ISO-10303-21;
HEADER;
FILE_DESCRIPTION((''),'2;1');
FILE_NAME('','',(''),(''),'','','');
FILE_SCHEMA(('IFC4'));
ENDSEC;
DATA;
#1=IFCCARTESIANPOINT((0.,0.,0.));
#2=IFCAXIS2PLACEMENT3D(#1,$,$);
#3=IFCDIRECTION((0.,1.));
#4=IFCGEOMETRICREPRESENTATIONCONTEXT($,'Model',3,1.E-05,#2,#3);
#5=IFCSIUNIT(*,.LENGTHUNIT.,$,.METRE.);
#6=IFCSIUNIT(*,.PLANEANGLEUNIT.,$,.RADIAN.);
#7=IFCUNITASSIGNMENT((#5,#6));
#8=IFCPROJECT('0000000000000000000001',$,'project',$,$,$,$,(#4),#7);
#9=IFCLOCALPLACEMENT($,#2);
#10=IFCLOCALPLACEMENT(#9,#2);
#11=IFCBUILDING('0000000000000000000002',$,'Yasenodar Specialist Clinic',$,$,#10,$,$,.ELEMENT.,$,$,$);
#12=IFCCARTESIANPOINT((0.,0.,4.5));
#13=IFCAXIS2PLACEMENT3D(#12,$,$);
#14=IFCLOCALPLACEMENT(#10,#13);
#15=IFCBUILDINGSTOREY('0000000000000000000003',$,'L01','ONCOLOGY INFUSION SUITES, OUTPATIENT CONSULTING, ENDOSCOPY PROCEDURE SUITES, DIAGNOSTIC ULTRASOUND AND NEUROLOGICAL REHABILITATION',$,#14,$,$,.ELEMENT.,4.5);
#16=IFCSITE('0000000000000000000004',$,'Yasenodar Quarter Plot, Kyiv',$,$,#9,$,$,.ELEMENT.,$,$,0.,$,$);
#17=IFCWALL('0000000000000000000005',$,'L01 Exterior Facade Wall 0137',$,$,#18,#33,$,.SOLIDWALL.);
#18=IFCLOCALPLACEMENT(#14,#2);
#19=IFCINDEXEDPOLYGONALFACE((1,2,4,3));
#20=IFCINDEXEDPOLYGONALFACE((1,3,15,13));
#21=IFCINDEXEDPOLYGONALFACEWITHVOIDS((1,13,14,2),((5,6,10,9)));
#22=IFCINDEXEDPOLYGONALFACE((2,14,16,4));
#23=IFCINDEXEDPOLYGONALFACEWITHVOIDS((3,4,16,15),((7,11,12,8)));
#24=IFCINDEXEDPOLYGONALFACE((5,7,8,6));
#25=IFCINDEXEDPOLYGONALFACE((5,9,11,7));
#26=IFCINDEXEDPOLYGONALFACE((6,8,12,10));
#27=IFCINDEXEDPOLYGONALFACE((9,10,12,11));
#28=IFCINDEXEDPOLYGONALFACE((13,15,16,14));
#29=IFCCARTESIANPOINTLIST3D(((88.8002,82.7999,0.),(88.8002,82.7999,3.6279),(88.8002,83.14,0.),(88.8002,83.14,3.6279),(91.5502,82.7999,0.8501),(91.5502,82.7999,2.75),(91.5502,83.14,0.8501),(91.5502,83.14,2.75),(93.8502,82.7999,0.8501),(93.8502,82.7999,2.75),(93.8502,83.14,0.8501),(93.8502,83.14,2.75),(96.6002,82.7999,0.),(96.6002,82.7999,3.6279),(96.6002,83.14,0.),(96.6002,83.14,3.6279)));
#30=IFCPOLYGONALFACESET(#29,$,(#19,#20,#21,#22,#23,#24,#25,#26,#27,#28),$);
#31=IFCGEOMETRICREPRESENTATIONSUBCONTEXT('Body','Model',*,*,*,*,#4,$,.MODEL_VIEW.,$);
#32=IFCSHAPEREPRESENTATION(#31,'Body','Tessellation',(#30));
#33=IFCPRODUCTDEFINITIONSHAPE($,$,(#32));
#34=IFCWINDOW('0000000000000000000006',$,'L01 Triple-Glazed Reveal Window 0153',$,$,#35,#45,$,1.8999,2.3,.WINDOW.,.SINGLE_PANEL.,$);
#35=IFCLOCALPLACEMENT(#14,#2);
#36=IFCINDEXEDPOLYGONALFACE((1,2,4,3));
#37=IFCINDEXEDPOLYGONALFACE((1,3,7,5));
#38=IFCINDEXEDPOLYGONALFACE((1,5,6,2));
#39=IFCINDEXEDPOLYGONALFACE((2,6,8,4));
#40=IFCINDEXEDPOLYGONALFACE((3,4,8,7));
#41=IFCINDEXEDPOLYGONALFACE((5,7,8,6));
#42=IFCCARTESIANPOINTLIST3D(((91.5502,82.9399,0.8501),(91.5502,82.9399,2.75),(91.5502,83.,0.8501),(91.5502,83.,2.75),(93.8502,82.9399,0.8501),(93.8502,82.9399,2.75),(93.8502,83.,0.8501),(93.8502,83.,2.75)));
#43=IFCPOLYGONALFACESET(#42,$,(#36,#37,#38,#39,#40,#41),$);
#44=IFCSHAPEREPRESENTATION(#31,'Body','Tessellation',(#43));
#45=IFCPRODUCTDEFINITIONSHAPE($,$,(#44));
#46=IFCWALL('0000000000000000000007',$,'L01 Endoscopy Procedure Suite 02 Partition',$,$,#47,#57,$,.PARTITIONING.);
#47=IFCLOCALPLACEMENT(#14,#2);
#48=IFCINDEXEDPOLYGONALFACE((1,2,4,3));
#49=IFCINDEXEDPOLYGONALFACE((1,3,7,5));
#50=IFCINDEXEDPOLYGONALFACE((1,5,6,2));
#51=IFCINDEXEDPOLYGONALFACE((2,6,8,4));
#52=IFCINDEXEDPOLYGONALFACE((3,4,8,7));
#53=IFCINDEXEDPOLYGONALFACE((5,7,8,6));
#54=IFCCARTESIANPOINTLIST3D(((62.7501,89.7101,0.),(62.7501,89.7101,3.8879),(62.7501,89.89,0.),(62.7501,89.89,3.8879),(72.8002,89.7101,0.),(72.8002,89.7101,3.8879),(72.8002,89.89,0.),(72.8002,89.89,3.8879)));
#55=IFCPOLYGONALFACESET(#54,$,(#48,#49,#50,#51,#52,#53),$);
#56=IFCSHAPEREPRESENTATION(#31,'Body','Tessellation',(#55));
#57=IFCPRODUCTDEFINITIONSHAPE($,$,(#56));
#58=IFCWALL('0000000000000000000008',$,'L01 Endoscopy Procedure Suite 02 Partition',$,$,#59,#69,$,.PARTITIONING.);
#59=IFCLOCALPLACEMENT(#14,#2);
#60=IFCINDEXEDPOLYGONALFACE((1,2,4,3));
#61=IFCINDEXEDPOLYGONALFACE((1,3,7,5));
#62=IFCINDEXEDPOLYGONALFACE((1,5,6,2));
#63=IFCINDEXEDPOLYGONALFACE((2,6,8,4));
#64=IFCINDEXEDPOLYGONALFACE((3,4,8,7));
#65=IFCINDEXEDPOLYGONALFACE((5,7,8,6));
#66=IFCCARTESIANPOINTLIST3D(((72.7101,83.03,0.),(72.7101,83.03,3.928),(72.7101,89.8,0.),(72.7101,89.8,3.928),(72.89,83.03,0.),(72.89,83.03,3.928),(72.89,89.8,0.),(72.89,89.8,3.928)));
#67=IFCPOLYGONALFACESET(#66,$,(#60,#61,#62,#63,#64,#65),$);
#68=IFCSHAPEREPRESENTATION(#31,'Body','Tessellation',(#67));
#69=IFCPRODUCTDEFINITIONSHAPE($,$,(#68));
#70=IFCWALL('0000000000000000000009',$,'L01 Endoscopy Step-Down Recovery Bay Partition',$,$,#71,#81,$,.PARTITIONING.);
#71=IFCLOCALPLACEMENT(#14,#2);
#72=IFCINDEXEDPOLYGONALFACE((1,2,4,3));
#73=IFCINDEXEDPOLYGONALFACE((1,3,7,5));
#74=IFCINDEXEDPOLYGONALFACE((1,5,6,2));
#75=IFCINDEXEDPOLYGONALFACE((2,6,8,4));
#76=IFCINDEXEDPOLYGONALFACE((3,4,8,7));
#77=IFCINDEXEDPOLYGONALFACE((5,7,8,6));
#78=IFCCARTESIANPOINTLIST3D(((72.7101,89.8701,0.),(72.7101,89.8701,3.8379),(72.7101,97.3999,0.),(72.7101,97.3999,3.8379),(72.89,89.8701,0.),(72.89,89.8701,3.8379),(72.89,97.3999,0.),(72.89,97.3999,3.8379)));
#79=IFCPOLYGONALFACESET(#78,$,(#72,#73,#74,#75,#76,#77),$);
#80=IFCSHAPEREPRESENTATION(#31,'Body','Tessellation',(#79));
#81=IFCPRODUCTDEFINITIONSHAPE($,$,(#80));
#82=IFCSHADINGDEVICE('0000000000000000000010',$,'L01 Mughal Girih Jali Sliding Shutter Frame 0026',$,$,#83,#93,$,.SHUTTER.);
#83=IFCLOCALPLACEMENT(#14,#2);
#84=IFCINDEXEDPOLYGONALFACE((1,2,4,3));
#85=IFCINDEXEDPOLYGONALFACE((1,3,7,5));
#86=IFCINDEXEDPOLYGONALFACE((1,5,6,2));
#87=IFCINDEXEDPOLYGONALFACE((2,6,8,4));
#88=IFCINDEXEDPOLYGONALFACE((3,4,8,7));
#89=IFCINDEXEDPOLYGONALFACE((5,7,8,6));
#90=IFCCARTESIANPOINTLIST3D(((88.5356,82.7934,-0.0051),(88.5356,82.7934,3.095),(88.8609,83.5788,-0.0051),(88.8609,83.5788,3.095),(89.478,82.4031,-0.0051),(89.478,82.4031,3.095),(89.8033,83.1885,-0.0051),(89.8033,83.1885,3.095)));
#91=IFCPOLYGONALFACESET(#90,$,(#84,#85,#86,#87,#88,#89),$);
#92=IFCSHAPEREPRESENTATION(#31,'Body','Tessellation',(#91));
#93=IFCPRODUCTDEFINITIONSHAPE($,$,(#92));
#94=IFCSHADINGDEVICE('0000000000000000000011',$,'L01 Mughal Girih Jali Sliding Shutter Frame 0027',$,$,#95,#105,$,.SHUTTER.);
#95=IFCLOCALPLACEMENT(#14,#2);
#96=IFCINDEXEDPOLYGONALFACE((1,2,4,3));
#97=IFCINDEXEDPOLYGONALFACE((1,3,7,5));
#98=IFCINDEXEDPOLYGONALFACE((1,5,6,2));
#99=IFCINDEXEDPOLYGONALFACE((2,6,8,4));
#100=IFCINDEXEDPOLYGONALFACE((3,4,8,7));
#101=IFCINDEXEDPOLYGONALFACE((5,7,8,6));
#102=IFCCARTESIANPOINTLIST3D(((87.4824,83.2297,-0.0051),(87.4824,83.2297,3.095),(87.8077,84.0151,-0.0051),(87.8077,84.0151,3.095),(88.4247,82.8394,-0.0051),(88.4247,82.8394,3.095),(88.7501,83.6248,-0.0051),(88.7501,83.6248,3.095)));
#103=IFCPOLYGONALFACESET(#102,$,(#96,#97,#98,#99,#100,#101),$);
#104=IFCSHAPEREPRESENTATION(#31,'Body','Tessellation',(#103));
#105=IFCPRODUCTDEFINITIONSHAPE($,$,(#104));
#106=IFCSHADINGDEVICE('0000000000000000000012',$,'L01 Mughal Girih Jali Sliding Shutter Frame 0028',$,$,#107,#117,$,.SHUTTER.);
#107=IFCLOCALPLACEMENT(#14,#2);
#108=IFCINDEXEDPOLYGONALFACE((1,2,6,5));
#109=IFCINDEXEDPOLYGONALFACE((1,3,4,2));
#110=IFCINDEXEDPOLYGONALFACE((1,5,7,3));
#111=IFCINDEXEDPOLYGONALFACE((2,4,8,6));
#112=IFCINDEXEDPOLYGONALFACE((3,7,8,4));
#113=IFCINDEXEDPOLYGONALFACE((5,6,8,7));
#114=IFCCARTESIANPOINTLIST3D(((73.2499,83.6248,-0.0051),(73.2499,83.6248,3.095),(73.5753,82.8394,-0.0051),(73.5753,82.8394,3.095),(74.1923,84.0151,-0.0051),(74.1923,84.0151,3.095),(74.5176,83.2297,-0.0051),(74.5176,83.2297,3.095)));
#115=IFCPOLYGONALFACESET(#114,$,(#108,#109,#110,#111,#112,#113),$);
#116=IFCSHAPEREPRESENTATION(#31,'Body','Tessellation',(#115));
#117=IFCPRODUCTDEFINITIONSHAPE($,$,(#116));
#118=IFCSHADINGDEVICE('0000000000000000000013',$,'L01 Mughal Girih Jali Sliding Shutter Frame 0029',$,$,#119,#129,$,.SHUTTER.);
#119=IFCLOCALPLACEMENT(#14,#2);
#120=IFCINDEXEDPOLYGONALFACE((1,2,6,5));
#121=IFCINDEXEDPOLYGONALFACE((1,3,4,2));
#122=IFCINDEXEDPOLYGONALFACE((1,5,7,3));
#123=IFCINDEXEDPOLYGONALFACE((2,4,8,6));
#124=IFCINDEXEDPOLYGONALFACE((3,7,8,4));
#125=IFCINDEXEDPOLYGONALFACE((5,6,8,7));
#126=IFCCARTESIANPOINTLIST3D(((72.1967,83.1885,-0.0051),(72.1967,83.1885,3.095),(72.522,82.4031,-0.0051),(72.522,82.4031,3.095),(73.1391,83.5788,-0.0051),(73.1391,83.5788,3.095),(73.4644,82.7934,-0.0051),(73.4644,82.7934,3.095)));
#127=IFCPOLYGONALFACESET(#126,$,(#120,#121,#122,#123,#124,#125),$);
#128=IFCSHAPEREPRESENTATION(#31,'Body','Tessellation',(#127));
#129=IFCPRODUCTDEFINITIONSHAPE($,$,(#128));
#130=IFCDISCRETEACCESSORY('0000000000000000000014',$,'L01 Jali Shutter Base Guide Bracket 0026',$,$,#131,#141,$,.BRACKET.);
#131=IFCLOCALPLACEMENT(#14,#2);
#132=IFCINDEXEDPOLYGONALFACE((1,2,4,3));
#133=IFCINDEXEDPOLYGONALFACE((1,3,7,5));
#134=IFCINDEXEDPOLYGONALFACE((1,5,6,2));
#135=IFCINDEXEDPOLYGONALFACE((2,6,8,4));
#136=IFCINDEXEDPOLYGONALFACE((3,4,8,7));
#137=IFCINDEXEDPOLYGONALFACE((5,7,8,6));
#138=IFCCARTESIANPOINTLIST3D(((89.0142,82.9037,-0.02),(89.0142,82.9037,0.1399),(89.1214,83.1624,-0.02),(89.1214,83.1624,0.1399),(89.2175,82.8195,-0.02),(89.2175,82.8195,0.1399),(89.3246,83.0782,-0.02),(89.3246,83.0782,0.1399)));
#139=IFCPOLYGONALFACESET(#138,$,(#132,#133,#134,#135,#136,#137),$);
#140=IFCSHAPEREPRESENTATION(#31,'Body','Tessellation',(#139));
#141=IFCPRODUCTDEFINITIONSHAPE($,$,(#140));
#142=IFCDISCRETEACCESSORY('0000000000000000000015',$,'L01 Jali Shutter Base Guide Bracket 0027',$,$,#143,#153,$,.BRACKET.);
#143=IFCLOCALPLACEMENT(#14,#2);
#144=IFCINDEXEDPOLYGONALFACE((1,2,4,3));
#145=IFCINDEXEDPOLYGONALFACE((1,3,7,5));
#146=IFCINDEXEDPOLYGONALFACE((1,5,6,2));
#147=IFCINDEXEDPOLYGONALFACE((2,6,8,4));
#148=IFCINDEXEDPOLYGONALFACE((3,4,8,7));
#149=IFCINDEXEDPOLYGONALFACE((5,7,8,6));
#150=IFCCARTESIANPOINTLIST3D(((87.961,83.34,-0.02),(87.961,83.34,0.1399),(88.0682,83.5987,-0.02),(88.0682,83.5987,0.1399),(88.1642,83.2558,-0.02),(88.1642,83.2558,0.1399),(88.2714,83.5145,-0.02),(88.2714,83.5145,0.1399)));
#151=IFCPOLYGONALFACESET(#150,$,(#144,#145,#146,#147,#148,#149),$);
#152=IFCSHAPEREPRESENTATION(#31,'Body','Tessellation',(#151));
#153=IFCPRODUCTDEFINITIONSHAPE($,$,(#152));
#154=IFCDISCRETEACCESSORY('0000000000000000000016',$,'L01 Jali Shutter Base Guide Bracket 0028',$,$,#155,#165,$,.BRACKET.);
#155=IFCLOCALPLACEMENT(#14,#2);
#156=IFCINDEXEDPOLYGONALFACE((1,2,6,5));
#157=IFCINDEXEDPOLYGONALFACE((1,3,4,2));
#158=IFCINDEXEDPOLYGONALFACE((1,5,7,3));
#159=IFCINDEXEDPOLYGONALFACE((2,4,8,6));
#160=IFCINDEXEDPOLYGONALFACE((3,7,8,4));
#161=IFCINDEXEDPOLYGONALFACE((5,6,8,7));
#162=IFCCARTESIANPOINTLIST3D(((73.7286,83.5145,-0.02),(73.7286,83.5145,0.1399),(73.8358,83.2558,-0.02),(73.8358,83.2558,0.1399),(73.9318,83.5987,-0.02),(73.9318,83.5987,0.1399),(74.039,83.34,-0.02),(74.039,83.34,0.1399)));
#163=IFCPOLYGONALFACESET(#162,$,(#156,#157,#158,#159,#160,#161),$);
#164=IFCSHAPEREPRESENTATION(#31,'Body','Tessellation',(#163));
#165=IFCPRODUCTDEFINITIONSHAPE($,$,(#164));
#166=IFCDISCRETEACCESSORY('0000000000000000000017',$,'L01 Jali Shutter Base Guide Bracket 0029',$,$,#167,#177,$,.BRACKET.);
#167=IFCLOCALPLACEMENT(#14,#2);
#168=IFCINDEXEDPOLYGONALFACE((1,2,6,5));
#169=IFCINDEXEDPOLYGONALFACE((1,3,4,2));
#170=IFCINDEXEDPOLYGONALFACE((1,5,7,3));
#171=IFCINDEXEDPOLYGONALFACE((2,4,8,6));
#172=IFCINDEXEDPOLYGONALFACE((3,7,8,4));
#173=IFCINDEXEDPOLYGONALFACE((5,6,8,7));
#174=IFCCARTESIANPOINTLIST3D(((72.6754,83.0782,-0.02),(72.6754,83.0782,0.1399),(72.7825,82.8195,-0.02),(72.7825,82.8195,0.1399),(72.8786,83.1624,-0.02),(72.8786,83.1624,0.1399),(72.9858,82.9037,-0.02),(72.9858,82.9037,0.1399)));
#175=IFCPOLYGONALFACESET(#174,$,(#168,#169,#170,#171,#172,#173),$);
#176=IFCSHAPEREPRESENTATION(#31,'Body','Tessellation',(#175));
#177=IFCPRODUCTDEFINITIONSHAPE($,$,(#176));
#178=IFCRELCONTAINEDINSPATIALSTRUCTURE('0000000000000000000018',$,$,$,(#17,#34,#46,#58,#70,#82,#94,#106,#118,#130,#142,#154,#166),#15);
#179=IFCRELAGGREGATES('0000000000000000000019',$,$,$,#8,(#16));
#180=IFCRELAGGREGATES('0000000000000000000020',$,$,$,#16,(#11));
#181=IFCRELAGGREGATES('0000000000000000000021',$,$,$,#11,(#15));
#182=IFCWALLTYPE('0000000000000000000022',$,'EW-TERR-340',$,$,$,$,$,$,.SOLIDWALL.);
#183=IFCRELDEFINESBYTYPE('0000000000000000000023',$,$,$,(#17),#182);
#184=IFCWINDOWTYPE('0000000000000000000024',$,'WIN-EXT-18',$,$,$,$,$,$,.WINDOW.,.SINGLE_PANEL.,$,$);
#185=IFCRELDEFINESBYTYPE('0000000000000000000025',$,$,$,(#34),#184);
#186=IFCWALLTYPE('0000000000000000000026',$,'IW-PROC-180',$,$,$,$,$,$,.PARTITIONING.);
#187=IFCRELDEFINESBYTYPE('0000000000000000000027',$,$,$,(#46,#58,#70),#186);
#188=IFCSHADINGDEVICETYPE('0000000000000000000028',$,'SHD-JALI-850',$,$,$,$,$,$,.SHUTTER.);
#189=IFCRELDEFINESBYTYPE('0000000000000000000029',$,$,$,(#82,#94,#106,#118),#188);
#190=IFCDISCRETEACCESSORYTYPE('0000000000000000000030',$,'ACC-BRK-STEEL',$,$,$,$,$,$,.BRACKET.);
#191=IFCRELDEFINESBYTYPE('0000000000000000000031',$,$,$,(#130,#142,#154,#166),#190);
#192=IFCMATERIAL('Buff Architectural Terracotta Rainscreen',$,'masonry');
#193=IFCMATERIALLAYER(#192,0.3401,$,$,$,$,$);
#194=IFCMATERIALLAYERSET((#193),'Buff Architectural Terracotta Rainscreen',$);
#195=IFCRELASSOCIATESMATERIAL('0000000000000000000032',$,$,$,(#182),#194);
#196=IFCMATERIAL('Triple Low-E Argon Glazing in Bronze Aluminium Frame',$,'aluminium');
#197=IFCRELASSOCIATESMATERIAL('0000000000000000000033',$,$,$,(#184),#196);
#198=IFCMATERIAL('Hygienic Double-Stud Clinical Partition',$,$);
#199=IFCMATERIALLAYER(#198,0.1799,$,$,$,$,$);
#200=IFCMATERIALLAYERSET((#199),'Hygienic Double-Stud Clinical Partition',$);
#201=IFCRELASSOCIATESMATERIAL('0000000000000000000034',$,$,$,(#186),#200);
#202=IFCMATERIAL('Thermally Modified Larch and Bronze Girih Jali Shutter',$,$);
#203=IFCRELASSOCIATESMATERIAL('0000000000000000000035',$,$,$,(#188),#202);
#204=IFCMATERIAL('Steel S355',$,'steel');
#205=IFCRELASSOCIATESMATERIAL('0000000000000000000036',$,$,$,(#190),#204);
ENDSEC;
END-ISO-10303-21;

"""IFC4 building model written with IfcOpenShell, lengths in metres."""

from ifc_helpers import new_model, si_unit, direction, frame, frame_2d, origin, origin_2d, place, context, subcontext, project, spatial, rectangle, extrude, material, layer, layer_set, type_object, element, fill, save


model = new_model("IFC4")

# Units and contexts
model_context = context("Model", 3, precision=1e-05, world=origin(), true_north=direction((0.0, 1.0)))
body_context = subcontext(model_context, "Body", "Model", "MODEL_VIEW")
ifc_project = project(units=[si_unit("LENGTHUNIT", "METRE"), si_unit("PLANEANGLEUNIT", "RADIAN")], contexts=[model_context])

# Site, building, storey
site_placement = place(None, origin())
site = spatial("IfcSite", under=ifc_project, at=site_placement, Name="Yasenodar Quarter Plot, Kyiv", CompositionType="ELEMENT", RefElevation=0.0)
building_placement = place(site_placement, origin())
building = spatial("IfcBuilding", under=site, at=building_placement, Name="Yasenodar Specialist Clinic", CompositionType="ELEMENT")
storey_placement = place(building_placement, frame((0.0, 0.0, 4.5)))
storey = spatial("IfcBuildingStorey", under=building, at=storey_placement, Name="L01", Description="ONCOLOGY INFUSION SUITES, OUTPATIENT CONSULTING, ENDOSCOPY PROCEDURE SUITES, DIAGNOSTIC ULTRASOUND AND NEUROLOGICAL REHABILITATION", CompositionType="ELEMENT", Elevation=4.5)

# Shared definitions
ifc_material_1 = material(Name="Steel S355", Category="steel")

# Wall, opening, window
ifc_material_2 = material(Name="Buff Architectural Terracotta Rainscreen", Category="masonry")
ifc_layer_1 = layer(ifc_material_2, 0.3401)
ifc_layer_set_1 = layer_set([ifc_layer_1], Name="Buff Architectural Terracotta Rainscreen")
wall_type_1 = type_object("IfcWallType", Name="EW-TERR-340", PredefinedType="SOLIDWALL", material=ifc_layer_set_1)
wall_1_placement = place(storey_placement, frame((96.6001, 82.97, 0.0), z_axis=(0.0, 0.0, 1.0), x_axis=(-1.0, 0.0, 0.0)))
wall_1 = element("IfcWall", 1, at=wall_1_placement, inside=storey, type_object=wall_type_1, Name="L01 Exterior Facade Wall 0137", PredefinedType="SOLIDWALL", context=body_context, shape_type="SweptSolid", body=[
    extrude(rectangle(XDim=7.8, YDim=0.3401, at=frame_2d((3.8999, 0.0))), origin(), (0.0, 0.0, 1.0), 3.6279),
])
opening_placement = place(wall_1_placement, frame((2.75, 0.0, 0.8501)))
opening = element("IfcOpeningElement", 2, at=opening_placement, cuts=wall_1, PredefinedType="OPENING", context=body_context, shape_type="SweptSolid", body=[
    extrude(rectangle(XDim=2.3, YDim=1.8999, at=frame_2d((1.1499, 0.95))), frame((0.0, 0.1802, 0.0), z_axis=(0.0, -1.0, 0.0), x_axis=(1.0, 0.0, 0.0)), (0.0, 0.0, 1.0), 0.3601),
])
ifc_material_3 = material(Name="Triple Low-E Argon Glazing in Bronze Aluminium Frame", Category="aluminium")
window_type = type_object("IfcWindowType", Name="WIN-EXT-18", PartitioningType="SINGLE_PANEL", PredefinedType="WINDOW", material=ifc_material_3)
window_placement = place(opening_placement, origin())
window = element("IfcWindow", 3, at=window_placement, inside=storey, type_object=window_type, Name="L01 Triple-Glazed Reveal Window 0153", OverallHeight=1.8999, OverallWidth=2.3, PartitioningType="SINGLE_PANEL", PredefinedType="WINDOW", context=body_context, shape_type="SweptSolid", body=[
    extrude(rectangle(XDim=2.3, YDim=1.8999, at=frame_2d((1.1499, 0.95))), frame((0.0, 0.03, 0.0), z_axis=(0.0, -1.0, 0.0), x_axis=(1.0, 0.0, 0.0)), (0.0, 0.0, 1.0), 0.0601),
])
fill(opening, window)

# Walls
ifc_material_4 = material(Name="Hygienic Double-Stud Clinical Partition")
ifc_layer_2 = layer(ifc_material_4, 0.1799)
ifc_layer_set_2 = layer_set([ifc_layer_2], Name="Hygienic Double-Stud Clinical Partition")
wall_type_2 = type_object("IfcWallType", Name="IW-PROC-180", PredefinedType="PARTITIONING", material=ifc_layer_set_2)
wall_2_placement = place(storey_placement, frame((72.8, 89.8, 0.0), z_axis=(0.0, 0.0, 1.0), x_axis=(-1.0, 0.0, 0.0)))
element("IfcWall", 4, at=wall_2_placement, inside=storey, type_object=wall_type_2, Name="L01 Endoscopy Procedure Suite 02 Partition", PredefinedType="PARTITIONING", context=body_context, shape_type="SweptSolid", body=[
    extrude(rectangle(XDim=10.05, YDim=0.1799, at=frame_2d((5.0249, 0.0))), origin(), (0.0, 0.0, 1.0), 3.8879),
])
wall_3_placement = place(storey_placement, frame((72.8, 83.03, 0.0), z_axis=(0.0, 0.0, 1.0), x_axis=(0.0, 1.0, 0.0)))
element("IfcWall", 5, at=wall_3_placement, inside=storey, type_object=wall_type_2, Name="L01 Endoscopy Procedure Suite 02 Partition", PredefinedType="PARTITIONING", context=body_context, shape_type="SweptSolid", body=[
    extrude(rectangle(XDim=6.77, YDim=0.1799, at=frame_2d((3.385, 0.0))), origin(), (0.0, 0.0, 1.0), 3.928),
])
wall_4_placement = place(storey_placement, frame((72.8, 89.8701, 0.0), z_axis=(0.0, 0.0, 1.0), x_axis=(0.0, 1.0, 0.0)))
element("IfcWall", 6, at=wall_4_placement, inside=storey, type_object=wall_type_2, Name="L01 Endoscopy Step-Down Recovery Bay Partition", PredefinedType="PARTITIONING", context=body_context, shape_type="SweptSolid", body=[
    extrude(rectangle(XDim=7.5298, YDim=0.1799, at=frame_2d((3.7649, 0.0))), origin(), (0.0, 0.0, 1.0), 3.8379),
])

# Shading devices
ifc_material_5 = material(Name="Thermally Modified Larch and Bronze Girih Jali Shutter")
shading_device_type = type_object("IfcShadingDeviceType", Name="SHD-JALI-850", PredefinedType="SHUTTER", material=ifc_material_5)
for number, where, z_axis, x_axis, name in (
    (7, (89.1694, 82.991, -0.0051), (0.0, 0.0, 1.0), (-0.923878, 0.382687, 0.0), "L01 Mughal Girih Jali Sliding Shutter Frame 0026"),
    (8, (88.1162, 83.4272, -0.0051), (0.0, 0.0, 1.0), (-0.923878, 0.382687, 0.0), "L01 Mughal Girih Jali Sliding Shutter Frame 0027"),
    (9, (73.8838, 83.4272, -0.0051), (0.0, 0.0, 1.0), (-0.923878, -0.382687, 0.0), "L01 Mughal Girih Jali Sliding Shutter Frame 0028"),
    (10, (72.8306, 82.991, -0.0051), (0.0, 0.0, 1.0), (-0.923878, -0.382687, 0.0), "L01 Mughal Girih Jali Sliding Shutter Frame 0029"),
):
    element("IfcShadingDevice", number, at=place(storey_placement, frame(where, z_axis=z_axis, x_axis=x_axis)), inside=storey, type_object=shading_device_type, Name=name, PredefinedType="SHUTTER", context=body_context, shape_type="SweptSolid", body=[
        extrude(rectangle(XDim=1.02, YDim=0.8501, at=origin_2d()), origin(), (0.0, 0.0, 1.0), 3.1001),
    ])

# Discrete accessories
discrete_accessory_type = type_object("IfcDiscreteAccessoryType", Name="ACC-BRK-STEEL", PredefinedType="BRACKET", material=ifc_material_1)
for number, where, z_axis, x_axis, name in (
    (11, (89.1694, 82.991, -0.02), (0.0, 0.0, 1.0), (-0.923878, 0.382687, 0.0), "L01 Jali Shutter Base Guide Bracket 0026"),
    (12, (88.1162, 83.4272, -0.02), (0.0, 0.0, 1.0), (-0.923878, 0.382687, 0.0), "L01 Jali Shutter Base Guide Bracket 0027"),
    (13, (73.8838, 83.4272, -0.02), (0.0, 0.0, 1.0), (-0.923878, -0.382687, 0.0), "L01 Jali Shutter Base Guide Bracket 0028"),
    (14, (72.8306, 82.991, -0.02), (0.0, 0.0, 1.0), (-0.923878, -0.382687, 0.0), "L01 Jali Shutter Base Guide Bracket 0029"),
):
    element("IfcDiscreteAccessory", number, at=place(storey_placement, frame(where, z_axis=z_axis, x_axis=x_axis)), inside=storey, type_object=discrete_accessory_type, Name=name, PredefinedType="BRACKET", context=body_context, shape_type="SweptSolid", body=[
        extrude(rectangle(XDim=0.22, YDim=0.28, at=origin_2d()), origin(), (0.0, 0.0, 1.0), 0.1599),
    ])

save(model, "model.ifc")
